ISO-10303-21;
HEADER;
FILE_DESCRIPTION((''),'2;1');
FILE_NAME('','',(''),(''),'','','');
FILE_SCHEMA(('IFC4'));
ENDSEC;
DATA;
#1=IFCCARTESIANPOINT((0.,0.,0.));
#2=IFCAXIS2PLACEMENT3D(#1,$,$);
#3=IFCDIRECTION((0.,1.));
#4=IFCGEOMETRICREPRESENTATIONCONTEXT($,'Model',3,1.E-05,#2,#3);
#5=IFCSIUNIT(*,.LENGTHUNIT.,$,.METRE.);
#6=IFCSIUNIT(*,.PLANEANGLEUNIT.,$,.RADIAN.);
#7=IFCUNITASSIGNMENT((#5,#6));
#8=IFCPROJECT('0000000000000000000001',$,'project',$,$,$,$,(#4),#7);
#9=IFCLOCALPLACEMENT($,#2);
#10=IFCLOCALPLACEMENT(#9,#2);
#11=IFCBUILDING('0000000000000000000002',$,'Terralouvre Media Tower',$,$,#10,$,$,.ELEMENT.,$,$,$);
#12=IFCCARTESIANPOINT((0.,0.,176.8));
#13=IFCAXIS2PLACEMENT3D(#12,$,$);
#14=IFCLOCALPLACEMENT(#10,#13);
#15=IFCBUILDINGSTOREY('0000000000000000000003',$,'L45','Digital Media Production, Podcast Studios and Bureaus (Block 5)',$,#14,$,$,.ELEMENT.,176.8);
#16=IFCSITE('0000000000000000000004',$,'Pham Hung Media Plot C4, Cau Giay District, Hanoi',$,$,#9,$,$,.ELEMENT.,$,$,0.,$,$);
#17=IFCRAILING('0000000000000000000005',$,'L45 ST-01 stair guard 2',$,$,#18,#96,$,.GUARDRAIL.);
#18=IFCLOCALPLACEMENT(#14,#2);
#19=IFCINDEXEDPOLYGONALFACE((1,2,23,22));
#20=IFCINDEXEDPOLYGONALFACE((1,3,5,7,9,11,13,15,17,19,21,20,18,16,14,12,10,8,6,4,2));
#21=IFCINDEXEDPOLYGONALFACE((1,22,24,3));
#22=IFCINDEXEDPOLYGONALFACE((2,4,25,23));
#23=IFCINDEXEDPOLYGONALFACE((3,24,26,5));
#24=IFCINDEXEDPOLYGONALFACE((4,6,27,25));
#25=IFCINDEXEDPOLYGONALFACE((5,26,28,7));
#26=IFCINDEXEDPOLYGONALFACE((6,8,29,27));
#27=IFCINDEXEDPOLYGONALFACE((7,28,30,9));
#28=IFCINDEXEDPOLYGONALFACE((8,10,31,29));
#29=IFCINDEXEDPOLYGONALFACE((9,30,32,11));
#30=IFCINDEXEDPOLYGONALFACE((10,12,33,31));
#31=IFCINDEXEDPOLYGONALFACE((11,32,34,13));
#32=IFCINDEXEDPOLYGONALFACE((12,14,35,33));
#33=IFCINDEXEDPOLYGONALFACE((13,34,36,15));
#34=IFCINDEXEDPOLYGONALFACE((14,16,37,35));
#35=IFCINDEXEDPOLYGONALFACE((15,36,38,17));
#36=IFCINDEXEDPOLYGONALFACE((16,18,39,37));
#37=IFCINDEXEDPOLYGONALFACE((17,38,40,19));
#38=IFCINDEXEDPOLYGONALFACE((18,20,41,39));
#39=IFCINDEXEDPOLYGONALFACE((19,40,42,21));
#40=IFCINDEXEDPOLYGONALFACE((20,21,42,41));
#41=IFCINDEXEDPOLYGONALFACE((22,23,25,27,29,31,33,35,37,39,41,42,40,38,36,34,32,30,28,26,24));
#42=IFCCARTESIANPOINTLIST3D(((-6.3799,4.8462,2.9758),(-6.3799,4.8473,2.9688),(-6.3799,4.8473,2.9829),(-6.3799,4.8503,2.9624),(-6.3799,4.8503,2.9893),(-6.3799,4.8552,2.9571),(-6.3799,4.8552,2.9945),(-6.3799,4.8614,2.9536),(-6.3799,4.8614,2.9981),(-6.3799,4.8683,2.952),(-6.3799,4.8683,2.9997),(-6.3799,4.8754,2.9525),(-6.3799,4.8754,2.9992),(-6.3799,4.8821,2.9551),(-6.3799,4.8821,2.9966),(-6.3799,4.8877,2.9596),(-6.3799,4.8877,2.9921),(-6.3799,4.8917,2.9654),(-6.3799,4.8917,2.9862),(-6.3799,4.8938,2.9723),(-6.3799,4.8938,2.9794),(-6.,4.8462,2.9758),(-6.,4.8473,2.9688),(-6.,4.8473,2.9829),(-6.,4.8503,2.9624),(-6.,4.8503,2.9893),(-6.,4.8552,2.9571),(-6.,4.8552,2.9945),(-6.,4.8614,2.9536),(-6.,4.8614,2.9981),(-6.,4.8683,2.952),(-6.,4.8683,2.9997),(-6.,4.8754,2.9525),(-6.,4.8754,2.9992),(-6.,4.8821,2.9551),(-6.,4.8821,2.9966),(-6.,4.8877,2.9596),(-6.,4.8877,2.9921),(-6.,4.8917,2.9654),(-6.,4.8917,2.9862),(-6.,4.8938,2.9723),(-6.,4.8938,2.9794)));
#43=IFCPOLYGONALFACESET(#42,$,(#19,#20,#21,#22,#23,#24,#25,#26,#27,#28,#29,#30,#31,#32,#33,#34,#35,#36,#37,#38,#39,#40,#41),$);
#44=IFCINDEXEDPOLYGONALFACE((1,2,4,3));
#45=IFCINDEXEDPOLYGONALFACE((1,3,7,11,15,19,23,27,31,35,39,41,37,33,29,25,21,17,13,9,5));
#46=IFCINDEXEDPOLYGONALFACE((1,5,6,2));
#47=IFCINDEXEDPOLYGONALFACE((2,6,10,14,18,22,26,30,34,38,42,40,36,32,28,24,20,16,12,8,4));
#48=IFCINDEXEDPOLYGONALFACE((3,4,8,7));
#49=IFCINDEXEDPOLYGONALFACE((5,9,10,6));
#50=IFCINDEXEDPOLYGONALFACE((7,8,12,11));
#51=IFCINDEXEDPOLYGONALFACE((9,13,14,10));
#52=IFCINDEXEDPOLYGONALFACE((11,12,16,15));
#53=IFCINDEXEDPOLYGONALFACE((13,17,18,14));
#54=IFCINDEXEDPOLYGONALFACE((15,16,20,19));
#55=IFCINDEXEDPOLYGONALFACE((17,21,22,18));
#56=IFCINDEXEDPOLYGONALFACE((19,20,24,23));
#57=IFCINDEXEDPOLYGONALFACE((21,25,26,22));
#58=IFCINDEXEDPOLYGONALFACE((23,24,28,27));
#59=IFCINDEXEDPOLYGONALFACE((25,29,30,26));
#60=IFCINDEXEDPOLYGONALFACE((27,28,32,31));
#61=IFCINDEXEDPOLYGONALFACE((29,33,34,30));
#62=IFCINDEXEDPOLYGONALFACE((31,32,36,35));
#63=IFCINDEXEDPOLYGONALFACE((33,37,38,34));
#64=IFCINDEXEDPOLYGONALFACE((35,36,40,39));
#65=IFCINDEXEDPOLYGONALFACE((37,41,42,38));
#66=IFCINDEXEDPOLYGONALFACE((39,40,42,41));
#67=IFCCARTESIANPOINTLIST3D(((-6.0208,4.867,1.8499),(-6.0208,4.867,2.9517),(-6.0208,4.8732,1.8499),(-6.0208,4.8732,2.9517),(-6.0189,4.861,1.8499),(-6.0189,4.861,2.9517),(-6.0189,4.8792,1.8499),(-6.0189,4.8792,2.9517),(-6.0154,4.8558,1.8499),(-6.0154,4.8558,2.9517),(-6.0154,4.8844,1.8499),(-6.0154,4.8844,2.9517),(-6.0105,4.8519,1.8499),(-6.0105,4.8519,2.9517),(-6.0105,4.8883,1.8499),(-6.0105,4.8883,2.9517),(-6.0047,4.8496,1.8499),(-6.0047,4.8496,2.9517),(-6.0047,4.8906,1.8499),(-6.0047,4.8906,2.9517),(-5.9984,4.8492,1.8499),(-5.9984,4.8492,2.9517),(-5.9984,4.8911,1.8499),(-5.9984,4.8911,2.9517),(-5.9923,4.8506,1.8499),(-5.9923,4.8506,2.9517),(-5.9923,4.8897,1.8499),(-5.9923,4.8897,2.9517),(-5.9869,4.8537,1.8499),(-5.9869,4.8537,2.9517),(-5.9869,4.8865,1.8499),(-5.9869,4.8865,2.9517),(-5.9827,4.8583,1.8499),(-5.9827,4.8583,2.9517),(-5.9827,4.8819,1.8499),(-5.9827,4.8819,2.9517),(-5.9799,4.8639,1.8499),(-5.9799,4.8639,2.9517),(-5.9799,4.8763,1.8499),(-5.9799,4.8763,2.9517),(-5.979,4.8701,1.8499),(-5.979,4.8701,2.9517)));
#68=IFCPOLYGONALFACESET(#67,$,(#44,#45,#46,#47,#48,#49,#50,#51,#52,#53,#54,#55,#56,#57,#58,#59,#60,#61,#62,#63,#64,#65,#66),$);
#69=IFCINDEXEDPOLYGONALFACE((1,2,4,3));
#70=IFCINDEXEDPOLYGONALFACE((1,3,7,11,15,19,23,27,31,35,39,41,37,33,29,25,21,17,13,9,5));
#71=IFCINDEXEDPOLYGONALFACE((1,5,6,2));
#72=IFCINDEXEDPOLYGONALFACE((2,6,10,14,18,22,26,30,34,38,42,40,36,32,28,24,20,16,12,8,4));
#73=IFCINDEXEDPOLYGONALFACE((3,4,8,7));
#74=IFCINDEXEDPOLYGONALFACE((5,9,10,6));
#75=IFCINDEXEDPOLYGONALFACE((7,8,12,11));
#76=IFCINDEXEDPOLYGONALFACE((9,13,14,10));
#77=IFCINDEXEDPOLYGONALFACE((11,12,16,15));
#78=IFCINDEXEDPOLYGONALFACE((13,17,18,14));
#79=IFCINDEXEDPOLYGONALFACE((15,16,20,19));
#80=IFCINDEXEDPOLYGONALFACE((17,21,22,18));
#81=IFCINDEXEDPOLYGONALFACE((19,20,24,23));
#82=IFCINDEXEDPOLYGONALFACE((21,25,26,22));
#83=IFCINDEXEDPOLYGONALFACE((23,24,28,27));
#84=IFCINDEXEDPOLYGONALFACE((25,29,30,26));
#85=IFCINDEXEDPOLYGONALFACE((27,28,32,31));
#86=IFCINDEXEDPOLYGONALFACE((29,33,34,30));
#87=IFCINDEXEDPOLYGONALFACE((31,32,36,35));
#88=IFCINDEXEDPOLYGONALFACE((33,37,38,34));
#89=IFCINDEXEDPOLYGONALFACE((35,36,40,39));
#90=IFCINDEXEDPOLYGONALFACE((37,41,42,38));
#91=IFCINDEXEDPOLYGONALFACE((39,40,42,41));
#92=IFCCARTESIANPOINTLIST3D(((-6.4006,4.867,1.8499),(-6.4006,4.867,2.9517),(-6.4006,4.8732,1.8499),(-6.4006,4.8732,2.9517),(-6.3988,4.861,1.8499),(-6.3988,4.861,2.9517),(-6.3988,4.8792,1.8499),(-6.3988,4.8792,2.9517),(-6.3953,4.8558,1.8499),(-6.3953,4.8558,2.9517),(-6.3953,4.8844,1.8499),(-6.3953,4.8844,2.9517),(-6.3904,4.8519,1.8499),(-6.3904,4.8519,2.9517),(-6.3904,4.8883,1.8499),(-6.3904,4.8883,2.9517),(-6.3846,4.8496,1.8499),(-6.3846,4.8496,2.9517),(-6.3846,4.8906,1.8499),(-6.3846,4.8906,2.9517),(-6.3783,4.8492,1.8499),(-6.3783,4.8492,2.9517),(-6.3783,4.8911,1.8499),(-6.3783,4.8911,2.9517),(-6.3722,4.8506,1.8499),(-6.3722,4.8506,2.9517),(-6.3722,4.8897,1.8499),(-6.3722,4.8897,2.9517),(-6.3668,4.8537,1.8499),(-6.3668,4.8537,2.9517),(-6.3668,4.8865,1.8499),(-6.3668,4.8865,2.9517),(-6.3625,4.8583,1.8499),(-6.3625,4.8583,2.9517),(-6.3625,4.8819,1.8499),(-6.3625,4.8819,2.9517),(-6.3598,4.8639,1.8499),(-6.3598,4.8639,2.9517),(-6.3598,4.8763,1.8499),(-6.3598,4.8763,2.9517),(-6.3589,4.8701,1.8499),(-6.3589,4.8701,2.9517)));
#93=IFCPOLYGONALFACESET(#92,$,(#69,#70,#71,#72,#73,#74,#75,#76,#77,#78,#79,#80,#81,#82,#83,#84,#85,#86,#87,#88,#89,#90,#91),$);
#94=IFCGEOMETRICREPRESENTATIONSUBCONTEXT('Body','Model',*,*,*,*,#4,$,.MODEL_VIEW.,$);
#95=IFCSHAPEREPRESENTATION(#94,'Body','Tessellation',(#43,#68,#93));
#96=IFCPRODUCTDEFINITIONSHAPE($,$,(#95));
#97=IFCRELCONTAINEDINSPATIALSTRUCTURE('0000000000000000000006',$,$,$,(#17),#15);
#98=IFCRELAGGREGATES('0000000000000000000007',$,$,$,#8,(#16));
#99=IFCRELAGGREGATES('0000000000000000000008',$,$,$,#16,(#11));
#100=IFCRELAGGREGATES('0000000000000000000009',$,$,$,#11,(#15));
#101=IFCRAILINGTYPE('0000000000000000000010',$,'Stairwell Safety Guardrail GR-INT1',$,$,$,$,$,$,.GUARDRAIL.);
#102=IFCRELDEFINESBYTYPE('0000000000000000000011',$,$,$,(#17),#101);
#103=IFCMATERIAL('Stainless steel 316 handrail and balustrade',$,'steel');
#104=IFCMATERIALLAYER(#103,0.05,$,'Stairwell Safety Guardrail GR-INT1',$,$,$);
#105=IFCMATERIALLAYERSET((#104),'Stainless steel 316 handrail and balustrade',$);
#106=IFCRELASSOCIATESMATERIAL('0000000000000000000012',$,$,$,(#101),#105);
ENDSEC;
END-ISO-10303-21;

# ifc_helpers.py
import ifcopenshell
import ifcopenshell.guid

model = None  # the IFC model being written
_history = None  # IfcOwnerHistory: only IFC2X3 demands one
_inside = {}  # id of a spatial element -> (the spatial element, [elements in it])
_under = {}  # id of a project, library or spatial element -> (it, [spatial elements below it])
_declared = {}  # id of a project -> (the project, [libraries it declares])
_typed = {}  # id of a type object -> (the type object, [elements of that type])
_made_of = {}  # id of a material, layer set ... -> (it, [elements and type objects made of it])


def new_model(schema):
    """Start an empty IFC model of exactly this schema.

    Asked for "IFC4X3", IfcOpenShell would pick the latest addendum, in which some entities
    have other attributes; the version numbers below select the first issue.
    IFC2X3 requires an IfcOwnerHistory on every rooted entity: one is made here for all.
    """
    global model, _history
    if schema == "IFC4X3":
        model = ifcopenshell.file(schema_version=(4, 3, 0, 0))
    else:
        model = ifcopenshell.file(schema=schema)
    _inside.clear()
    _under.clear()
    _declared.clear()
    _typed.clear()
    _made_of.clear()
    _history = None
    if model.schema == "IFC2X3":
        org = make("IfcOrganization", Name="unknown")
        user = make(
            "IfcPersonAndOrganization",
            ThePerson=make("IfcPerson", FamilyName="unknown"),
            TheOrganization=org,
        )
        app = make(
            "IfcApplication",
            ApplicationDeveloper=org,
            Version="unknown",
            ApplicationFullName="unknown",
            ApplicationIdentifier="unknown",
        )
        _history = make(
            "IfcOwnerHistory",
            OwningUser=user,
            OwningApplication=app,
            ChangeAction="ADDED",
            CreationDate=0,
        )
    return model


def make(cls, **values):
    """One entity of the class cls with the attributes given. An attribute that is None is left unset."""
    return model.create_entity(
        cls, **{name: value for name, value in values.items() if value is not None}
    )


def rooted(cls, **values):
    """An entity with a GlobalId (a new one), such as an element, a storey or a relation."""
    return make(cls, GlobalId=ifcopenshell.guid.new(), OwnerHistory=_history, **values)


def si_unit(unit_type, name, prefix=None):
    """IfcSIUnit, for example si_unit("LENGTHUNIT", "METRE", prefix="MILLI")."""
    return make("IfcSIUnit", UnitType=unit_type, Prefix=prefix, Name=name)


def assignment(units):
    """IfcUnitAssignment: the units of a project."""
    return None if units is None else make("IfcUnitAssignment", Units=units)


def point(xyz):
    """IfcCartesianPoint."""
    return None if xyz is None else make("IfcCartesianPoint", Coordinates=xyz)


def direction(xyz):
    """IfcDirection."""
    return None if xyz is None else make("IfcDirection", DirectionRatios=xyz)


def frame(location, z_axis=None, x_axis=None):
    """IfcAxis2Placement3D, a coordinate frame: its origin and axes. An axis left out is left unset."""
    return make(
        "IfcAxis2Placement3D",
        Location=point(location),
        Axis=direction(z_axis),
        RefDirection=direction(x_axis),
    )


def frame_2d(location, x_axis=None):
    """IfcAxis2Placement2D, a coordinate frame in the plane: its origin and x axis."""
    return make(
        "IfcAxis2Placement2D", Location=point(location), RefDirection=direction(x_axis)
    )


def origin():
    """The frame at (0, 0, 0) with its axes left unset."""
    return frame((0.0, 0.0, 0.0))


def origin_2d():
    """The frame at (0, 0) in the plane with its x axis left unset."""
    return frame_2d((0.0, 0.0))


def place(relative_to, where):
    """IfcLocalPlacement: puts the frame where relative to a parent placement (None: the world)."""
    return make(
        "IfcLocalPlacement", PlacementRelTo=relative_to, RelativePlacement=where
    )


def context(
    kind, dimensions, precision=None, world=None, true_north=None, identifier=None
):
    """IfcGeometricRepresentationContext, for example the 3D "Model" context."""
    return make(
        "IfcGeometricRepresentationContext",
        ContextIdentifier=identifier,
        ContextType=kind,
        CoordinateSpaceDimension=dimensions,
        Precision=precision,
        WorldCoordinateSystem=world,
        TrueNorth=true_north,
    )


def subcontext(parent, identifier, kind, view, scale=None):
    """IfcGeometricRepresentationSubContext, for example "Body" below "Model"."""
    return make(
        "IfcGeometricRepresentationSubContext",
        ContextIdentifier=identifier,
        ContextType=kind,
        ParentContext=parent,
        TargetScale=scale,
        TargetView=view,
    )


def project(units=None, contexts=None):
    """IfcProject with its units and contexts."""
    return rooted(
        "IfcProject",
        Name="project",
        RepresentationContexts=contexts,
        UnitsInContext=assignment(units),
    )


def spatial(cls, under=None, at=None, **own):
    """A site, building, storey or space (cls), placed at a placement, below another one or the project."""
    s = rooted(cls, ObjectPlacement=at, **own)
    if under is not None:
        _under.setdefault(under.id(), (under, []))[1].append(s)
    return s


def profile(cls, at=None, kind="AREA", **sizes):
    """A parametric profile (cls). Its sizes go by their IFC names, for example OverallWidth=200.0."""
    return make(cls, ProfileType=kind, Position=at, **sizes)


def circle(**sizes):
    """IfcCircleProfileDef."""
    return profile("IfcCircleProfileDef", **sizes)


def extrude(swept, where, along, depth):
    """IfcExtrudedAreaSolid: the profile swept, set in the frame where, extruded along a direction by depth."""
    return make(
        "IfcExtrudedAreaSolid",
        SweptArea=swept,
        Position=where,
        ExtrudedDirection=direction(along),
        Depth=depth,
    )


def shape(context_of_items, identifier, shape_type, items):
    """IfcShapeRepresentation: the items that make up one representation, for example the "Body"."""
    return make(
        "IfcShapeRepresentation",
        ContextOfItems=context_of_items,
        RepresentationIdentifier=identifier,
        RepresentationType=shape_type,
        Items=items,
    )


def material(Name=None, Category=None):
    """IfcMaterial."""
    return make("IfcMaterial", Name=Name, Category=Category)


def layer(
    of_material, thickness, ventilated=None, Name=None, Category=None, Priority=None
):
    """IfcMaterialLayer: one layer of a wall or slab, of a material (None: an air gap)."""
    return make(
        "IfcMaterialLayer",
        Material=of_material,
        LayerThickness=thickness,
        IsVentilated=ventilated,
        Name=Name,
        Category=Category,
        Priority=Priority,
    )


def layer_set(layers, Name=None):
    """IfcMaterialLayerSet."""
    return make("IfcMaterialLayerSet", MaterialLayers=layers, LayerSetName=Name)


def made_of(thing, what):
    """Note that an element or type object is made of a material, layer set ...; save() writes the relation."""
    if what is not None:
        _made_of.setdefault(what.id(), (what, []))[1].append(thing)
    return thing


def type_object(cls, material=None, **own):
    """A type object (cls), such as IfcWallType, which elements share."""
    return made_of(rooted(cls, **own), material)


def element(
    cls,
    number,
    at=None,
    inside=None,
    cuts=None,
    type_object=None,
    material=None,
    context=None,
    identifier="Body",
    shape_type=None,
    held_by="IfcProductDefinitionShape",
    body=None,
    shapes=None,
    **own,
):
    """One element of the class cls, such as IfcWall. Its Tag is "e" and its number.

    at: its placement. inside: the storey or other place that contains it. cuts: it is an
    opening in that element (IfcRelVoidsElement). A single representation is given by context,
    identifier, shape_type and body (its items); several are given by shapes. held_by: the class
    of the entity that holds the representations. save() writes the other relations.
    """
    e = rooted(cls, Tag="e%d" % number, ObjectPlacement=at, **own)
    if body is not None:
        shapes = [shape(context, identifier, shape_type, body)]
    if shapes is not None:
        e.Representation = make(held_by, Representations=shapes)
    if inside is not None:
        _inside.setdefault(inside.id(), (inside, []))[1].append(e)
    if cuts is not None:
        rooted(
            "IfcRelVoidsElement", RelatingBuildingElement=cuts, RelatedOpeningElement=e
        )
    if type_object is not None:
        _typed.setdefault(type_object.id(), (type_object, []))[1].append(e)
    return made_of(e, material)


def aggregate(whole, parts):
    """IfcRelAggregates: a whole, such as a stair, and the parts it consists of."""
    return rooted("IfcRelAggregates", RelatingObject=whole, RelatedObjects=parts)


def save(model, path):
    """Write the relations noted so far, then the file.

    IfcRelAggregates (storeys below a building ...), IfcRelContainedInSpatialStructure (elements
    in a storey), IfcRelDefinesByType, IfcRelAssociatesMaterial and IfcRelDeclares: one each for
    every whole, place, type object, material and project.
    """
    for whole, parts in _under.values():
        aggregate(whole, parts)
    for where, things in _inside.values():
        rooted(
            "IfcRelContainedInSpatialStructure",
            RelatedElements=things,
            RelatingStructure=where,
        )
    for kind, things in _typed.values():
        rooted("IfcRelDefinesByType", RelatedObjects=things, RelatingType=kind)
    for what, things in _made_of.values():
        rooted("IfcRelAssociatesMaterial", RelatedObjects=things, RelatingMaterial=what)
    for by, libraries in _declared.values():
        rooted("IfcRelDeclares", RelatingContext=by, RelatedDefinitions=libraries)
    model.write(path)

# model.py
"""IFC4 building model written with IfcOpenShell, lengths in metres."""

from ifc_helpers import new_model, si_unit, direction, frame, origin, origin_2d, place, context, subcontext, project, spatial, circle, extrude, material, layer, layer_set, type_object, element, save


model = new_model("IFC4")

# Units and contexts
model_context = context("Model", 3, precision=1e-05, world=origin(), true_north=direction((0.0, 1.0)))
body_context = subcontext(model_context, "Body", "Model", "MODEL_VIEW")
ifc_project = project(units=[si_unit("LENGTHUNIT", "METRE"), si_unit("PLANEANGLEUNIT", "RADIAN")], contexts=[model_context])

# Site, building, storey
site_placement = place(None, origin())
site = spatial("IfcSite", under=ifc_project, at=site_placement, Name="Pham Hung Media Plot C4, Cau Giay District, Hanoi", CompositionType="ELEMENT", RefElevation=0.0)
building_placement = place(site_placement, origin())
building = spatial("IfcBuilding", under=site, at=building_placement, Name="Terralouvre Media Tower", CompositionType="ELEMENT")
storey_placement = place(building_placement, frame((0.0, 0.0, 176.8)))
storey = spatial("IfcBuildingStorey", under=building, at=storey_placement, Name="L45", Description="Digital Media Production, Podcast Studios and Bureaus (Block 5)", CompositionType="ELEMENT", Elevation=176.8)

# Railing
ifc_material_1 = material(Name="Stainless steel 316 handrail and balustrade", Category="steel")
ifc_layer_1 = layer(ifc_material_1, 0.05, Name="Stairwell Safety Guardrail GR-INT1")
ifc_layer_set_1 = layer_set([ifc_layer_1], Name="Stainless steel 316 handrail and balustrade")
railing_type_1 = type_object("IfcRailingType", Name="Stairwell Safety Guardrail GR-INT1", PredefinedType="GUARDRAIL", material=ifc_layer_set_1)
railing_1_placement = place(storey_placement, frame((-6.0, 4.8701, 1.8499)))
element("IfcRailing", 1, at=railing_1_placement, inside=storey, type_object=railing_type_1, Name="L45 ST-01 stair guard 2", PredefinedType="GUARDRAIL", context=body_context, shape_type="SweptSolid", body=[
    extrude(circle(Radius=0.0239, at=origin_2d()), frame((0.0, 0.0, 1.126), z_axis=(-1.0, 0.0, 0.0), x_axis=(0.0, -1.0, 0.0)), (0.0, 0.0, 1.0), 0.3799),
    extrude(circle(Radius=0.021, at=origin_2d()), origin(), (0.0, 0.0, 1.0), 1.1018),
    extrude(circle(Radius=0.021, at=origin_2d()), frame((-0.3799, 0.0, 0.0)), (0.0, 0.0, 1.0), 1.1018),
])

save(model, "model.ifc")
